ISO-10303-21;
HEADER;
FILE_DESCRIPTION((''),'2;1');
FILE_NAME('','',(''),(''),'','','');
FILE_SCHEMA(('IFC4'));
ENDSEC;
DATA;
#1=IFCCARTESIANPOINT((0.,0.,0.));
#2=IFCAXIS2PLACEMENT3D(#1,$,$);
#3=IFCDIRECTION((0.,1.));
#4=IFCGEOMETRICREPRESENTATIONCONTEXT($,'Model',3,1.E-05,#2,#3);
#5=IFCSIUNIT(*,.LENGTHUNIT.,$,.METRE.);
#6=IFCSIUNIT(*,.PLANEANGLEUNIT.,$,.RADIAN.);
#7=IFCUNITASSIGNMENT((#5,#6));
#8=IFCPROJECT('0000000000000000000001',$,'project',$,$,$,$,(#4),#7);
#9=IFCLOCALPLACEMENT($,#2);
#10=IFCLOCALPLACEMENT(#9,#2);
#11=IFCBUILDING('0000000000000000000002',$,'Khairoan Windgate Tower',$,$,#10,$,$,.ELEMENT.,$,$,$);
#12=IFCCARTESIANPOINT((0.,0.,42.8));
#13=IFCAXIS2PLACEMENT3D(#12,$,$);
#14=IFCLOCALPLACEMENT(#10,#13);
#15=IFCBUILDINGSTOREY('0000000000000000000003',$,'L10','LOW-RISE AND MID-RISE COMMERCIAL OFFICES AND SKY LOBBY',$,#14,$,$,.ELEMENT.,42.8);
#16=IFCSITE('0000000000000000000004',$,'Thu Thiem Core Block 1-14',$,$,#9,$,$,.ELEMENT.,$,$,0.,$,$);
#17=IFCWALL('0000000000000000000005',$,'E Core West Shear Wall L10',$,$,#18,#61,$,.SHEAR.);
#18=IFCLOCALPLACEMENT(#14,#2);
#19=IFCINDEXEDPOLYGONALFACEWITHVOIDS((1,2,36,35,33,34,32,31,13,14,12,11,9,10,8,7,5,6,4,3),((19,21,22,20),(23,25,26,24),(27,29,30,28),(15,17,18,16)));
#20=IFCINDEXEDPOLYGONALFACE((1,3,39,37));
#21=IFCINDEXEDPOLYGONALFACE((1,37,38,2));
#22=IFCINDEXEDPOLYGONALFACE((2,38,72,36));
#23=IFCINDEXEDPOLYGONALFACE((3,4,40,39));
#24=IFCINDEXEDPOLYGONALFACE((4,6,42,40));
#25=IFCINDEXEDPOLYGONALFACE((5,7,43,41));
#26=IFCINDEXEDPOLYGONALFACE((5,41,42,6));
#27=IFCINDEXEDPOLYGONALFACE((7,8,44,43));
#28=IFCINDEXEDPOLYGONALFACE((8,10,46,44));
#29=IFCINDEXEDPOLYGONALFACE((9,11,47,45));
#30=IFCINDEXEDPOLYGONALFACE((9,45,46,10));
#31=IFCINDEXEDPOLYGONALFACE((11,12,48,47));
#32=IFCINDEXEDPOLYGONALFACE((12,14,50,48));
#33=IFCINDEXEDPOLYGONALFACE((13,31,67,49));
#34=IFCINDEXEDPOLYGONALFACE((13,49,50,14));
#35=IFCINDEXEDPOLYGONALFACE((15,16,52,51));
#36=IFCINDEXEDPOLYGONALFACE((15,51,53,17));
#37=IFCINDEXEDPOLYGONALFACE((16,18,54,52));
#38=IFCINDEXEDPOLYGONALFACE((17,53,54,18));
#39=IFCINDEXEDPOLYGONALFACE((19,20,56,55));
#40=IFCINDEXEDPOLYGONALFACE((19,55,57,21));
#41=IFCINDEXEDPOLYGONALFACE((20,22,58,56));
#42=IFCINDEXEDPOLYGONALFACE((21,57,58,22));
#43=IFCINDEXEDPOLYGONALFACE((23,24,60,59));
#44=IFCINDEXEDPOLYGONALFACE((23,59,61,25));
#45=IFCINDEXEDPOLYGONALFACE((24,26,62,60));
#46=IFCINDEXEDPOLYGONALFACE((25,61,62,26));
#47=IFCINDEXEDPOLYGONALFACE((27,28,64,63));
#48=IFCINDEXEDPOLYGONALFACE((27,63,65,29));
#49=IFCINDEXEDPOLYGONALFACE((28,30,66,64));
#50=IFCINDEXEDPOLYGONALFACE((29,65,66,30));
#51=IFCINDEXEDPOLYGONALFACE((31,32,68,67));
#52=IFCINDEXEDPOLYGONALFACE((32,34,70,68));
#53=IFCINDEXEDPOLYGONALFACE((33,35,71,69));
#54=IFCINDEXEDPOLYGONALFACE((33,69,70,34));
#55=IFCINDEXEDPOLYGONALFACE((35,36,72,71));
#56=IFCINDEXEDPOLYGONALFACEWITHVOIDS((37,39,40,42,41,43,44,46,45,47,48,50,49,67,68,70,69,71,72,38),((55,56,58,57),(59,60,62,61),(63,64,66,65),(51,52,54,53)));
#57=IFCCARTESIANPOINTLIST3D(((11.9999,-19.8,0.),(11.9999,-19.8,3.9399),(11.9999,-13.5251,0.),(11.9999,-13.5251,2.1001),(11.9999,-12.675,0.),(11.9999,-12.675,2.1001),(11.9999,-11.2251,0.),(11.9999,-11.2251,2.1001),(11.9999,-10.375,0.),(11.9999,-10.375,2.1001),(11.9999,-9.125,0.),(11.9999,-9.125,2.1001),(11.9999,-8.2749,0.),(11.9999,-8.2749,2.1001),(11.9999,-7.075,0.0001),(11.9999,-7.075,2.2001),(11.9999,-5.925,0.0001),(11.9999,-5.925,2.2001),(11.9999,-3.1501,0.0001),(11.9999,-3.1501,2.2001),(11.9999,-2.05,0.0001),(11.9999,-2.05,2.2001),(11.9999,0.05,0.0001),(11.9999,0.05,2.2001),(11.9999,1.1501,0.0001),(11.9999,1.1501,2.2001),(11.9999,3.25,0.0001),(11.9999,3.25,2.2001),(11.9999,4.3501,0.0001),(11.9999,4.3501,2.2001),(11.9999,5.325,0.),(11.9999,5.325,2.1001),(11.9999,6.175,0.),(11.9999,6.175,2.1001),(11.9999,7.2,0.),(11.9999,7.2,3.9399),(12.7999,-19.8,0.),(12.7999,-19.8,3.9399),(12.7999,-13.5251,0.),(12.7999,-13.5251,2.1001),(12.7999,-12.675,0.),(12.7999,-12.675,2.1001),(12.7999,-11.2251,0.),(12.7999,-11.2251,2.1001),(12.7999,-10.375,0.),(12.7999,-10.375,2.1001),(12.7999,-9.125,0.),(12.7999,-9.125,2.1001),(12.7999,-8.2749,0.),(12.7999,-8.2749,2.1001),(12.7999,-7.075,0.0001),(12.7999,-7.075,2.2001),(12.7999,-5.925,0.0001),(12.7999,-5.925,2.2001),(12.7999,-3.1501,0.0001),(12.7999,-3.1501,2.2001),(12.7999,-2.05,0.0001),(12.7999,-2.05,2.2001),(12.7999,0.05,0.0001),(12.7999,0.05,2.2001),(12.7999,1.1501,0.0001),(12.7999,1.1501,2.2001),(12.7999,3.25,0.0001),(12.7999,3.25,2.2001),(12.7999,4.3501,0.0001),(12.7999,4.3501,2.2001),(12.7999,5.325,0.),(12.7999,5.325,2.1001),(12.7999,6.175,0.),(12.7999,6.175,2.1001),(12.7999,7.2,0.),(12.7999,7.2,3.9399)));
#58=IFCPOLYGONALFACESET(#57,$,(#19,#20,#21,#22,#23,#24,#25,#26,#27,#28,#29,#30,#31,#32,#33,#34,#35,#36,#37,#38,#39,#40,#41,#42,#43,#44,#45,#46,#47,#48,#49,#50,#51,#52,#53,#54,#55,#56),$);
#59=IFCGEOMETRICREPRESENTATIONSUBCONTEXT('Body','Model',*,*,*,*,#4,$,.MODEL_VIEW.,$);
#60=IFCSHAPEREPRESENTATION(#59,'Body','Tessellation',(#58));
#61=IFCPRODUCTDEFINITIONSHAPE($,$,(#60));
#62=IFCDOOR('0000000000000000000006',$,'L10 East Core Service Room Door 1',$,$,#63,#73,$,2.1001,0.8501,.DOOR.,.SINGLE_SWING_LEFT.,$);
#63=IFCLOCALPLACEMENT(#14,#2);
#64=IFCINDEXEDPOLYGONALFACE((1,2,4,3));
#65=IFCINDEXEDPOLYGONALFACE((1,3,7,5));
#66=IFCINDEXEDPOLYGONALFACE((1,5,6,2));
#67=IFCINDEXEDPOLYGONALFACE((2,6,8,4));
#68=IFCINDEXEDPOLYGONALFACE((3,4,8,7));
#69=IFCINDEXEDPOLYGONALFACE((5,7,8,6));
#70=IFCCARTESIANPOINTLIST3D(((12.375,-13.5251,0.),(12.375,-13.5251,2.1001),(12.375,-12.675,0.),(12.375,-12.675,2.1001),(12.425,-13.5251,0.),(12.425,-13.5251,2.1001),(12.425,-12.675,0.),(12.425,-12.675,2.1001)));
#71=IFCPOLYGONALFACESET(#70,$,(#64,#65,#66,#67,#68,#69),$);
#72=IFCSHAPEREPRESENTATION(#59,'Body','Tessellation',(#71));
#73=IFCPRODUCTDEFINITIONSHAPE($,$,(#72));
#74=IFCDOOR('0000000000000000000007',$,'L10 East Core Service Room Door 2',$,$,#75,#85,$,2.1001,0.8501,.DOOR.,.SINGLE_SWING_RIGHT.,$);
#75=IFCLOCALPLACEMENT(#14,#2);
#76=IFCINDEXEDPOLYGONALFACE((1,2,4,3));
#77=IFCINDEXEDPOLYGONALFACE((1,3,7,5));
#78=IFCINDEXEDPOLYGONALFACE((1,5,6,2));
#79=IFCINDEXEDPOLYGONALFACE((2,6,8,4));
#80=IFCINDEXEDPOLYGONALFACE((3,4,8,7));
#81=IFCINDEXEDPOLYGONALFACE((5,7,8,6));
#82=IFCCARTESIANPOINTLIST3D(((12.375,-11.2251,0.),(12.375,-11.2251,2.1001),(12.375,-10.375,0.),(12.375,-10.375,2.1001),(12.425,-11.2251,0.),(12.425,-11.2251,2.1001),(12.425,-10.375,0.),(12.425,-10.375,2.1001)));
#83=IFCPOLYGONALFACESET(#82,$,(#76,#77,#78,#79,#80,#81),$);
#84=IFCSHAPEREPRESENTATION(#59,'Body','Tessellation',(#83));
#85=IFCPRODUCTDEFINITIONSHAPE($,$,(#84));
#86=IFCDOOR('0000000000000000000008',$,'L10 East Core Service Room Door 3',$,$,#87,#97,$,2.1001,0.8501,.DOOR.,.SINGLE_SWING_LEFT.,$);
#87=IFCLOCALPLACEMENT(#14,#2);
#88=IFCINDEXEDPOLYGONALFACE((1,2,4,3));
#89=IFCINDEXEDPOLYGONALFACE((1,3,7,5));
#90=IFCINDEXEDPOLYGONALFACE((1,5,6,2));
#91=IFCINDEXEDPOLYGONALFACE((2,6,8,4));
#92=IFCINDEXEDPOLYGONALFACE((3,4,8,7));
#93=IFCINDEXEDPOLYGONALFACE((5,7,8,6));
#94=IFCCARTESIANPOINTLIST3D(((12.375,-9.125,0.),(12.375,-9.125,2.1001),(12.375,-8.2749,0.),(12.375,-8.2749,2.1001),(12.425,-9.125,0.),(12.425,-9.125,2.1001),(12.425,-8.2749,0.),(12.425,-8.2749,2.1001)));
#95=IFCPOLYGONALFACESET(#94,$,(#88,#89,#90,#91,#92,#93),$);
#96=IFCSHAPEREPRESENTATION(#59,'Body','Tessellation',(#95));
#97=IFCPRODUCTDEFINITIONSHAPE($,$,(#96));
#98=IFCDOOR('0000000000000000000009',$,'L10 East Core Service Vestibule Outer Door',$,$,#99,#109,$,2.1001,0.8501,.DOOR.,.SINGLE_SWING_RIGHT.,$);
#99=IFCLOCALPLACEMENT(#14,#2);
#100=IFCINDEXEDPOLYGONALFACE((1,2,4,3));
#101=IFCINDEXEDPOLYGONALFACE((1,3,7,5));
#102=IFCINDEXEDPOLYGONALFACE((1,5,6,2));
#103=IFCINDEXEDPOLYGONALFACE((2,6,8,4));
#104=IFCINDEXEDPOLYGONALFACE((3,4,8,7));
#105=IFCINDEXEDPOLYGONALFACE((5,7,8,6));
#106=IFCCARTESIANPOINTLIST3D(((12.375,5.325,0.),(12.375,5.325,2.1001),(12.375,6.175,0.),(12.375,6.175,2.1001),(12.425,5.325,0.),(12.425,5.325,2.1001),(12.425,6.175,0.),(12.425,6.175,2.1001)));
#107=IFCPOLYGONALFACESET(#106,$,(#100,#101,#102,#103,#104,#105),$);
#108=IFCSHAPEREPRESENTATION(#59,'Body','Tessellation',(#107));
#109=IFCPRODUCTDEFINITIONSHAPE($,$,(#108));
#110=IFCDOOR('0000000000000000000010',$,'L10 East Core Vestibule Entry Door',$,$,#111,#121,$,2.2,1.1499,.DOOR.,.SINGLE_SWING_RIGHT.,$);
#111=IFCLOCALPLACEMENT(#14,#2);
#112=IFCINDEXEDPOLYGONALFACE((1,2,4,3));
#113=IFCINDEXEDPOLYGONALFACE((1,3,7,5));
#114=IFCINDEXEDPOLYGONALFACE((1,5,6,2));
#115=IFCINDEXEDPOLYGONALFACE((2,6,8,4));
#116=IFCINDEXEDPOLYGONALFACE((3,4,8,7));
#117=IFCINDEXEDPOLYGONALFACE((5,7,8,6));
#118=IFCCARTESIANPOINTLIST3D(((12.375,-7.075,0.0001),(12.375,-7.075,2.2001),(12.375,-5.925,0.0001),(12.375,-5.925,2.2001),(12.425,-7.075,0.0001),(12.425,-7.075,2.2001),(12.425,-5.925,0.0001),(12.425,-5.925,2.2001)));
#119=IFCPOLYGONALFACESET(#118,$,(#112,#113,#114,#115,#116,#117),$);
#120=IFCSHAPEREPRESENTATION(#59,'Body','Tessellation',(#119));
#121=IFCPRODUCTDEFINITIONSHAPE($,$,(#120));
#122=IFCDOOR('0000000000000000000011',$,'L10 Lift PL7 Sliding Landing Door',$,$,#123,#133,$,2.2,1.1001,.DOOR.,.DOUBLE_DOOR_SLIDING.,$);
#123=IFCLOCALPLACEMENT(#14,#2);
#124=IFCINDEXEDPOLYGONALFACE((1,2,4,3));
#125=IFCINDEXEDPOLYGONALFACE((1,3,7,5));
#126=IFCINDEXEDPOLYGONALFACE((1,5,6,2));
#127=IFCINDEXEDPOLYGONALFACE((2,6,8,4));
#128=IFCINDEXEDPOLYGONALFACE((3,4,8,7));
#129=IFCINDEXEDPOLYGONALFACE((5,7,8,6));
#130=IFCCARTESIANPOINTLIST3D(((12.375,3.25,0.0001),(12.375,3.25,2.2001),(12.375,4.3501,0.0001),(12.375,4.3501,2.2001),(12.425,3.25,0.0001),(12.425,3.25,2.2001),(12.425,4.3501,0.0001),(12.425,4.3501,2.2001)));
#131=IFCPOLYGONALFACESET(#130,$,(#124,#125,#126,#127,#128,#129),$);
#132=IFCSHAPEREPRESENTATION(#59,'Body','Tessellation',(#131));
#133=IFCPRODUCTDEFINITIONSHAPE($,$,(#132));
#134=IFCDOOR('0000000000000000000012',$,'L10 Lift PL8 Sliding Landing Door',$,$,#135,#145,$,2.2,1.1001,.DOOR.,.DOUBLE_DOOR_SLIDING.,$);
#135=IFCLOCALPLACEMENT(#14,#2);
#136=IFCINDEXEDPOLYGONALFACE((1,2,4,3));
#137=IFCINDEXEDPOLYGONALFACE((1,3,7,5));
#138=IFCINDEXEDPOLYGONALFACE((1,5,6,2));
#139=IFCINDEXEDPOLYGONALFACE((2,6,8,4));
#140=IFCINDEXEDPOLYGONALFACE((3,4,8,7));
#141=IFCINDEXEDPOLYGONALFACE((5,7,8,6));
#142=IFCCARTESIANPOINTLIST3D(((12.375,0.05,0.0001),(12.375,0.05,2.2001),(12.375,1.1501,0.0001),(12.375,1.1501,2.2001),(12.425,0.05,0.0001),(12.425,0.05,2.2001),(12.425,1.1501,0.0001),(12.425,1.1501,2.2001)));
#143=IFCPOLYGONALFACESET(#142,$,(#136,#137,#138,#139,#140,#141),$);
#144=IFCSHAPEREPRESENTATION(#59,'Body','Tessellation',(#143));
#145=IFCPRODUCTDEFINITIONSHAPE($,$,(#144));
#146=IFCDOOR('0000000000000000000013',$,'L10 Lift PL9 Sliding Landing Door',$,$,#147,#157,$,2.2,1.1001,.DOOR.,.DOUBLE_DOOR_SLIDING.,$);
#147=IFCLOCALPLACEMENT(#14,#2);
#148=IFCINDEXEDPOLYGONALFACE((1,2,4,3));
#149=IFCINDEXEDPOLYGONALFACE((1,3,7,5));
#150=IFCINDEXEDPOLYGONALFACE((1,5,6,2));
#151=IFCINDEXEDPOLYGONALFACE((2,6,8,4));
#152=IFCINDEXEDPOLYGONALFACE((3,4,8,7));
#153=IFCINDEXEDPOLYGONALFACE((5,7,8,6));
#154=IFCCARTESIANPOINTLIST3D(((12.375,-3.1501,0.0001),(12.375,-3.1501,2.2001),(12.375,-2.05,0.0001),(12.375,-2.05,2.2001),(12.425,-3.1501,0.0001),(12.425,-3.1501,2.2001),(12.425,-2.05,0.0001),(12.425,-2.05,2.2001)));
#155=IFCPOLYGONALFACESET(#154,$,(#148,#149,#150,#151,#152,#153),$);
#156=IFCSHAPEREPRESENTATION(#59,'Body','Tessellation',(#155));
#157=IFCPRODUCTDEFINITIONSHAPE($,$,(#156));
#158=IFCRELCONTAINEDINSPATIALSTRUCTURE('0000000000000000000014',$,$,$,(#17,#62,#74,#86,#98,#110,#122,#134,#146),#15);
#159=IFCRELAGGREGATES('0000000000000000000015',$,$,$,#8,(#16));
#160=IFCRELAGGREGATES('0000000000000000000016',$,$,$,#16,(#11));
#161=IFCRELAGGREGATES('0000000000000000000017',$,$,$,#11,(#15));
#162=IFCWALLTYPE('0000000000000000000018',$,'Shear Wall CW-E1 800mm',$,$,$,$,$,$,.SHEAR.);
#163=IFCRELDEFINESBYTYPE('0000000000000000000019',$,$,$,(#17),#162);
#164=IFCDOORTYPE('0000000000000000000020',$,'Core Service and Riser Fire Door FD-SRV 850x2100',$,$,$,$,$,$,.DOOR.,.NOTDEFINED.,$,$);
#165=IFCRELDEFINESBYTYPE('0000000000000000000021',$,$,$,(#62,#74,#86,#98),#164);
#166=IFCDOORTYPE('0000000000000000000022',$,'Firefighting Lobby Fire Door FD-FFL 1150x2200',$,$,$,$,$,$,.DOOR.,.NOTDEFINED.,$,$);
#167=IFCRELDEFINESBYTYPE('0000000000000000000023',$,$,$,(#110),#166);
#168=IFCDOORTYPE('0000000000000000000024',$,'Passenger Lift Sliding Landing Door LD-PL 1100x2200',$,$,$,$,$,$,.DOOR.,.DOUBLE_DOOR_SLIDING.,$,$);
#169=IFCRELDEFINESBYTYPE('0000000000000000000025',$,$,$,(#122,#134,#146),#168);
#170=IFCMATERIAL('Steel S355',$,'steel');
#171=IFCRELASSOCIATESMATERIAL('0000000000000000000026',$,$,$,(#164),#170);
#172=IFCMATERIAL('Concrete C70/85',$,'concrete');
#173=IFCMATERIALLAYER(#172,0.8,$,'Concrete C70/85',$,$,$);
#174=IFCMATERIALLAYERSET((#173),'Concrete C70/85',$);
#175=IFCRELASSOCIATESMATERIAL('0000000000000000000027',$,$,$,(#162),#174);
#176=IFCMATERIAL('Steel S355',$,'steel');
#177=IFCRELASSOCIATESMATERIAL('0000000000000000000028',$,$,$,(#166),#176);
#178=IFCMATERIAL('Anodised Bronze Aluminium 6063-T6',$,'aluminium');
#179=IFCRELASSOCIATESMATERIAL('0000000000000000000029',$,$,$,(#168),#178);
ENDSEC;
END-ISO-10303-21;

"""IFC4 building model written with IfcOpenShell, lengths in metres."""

from ifc_helpers import new_model, si_unit, direction, frame, frame_2d, origin, place, context, subcontext, project, spatial, rectangle, extrude, material, layer, layer_set, type_object, element, fill, save


model = new_model("IFC4")

# Units and contexts
model_context = context("Model", 3, precision=1e-05, world=origin(), true_north=direction((0.0, 1.0)))
body_context = subcontext(model_context, "Body", "Model", "MODEL_VIEW")
ifc_project = project(units=[si_unit("LENGTHUNIT", "METRE"), si_unit("PLANEANGLEUNIT", "RADIAN")], contexts=[model_context])

# Site, building, storey
site_placement = place(None, origin())
site = spatial("IfcSite", under=ifc_project, at=site_placement, Name="Thu Thiem Core Block 1-14", CompositionType="ELEMENT", RefElevation=0.0)
building_placement = place(site_placement, origin())
building = spatial("IfcBuilding", under=site, at=building_placement, Name="Khairoan Windgate Tower", CompositionType="ELEMENT")
storey_placement = place(building_placement, frame((0.0, 0.0, 42.8)))
storey = spatial("IfcBuildingStorey", under=building, at=storey_placement, Name="L10", Description="LOW-RISE AND MID-RISE COMMERCIAL OFFICES AND SKY LOBBY", CompositionType="ELEMENT", Elevation=42.8)

# Shared definitions
ifc_material_1 = material(Name="Steel S355", Category="steel")
door_type_1 = type_object("IfcDoorType", Name="Core Service and Riser Fire Door FD-SRV 850x2100", OperationType="NOTDEFINED", PredefinedType="DOOR", material=ifc_material_1)

# Wall, openings, doors
ifc_material_2 = material(Name="Concrete C70/85", Category="concrete")
ifc_layer_1 = layer(ifc_material_2, 0.8, Name="Concrete C70/85")
ifc_layer_set_1 = layer_set([ifc_layer_1], Name="Concrete C70/85")
wall_type_1 = type_object("IfcWallType", Name="Shear Wall CW-E1 800mm", PredefinedType="SHEAR", material=ifc_layer_set_1)
wall_1_placement = place(storey_placement, frame((12.3999, -19.8, 0.0), z_axis=(0.0, 0.0, 1.0), x_axis=(0.0, 1.0, 0.0)))
wall_1 = element("IfcWall", 1, at=wall_1_placement, inside=storey, type_object=wall_type_1, Name="E Core West Shear Wall L10", PredefinedType="SHEAR", context=body_context, shape_type="SweptSolid", body=[
    extrude(rectangle(XDim=27.0, YDim=0.8, at=frame_2d((13.5, 0.0))), origin(), (0.0, 0.0, 1.0), 3.9399),
])
opening_1_placement = place(wall_1_placement, frame((23.05, 0.0, 0.0)))
opening_1 = element("IfcOpeningElement", 2, at=opening_1_placement, cuts=wall_1, PredefinedType="OPENING", context=body_context, shape_type="SweptSolid", body=[
    extrude(rectangle(XDim=1.1001, YDim=2.2, at=frame_2d((0.55, 1.1001))), frame((0.0, 0.4099, 0.0), z_axis=(0.0, -1.0, 0.0), x_axis=(1.0, 0.0, 0.0)), (0.0, 0.0, 1.0), 0.8201),
])
opening_2_placement = place(wall_1_placement, frame((19.8501, 0.0, 0.0)))
opening_2 = element("IfcOpeningElement", 3, at=opening_2_placement, cuts=wall_1, PredefinedType="OPENING", context=body_context, shape_type="SweptSolid", body=[
    extrude(rectangle(XDim=1.1001, YDim=2.2, at=frame_2d((0.55, 1.1001))), frame((0.0, 0.4099, 0.0), z_axis=(0.0, -1.0, 0.0), x_axis=(1.0, 0.0, 0.0)), (0.0, 0.0, 1.0), 0.8201),
])
opening_3_placement = place(wall_1_placement, frame((16.6499, 0.0, 0.0)))
opening_3 = element("IfcOpeningElement", 4, at=opening_3_placement, cuts=wall_1, PredefinedType="OPENING", context=body_context, shape_type="SweptSolid", body=[
    extrude(rectangle(XDim=1.1001, YDim=2.2, at=frame_2d((0.55, 1.1001))), frame((0.0, 0.4099, 0.0), z_axis=(0.0, -1.0, 0.0), x_axis=(1.0, 0.0, 0.0)), (0.0, 0.0, 1.0), 0.8201),
])
opening_4_placement = place(wall_1_placement, frame((6.2749, 0.0, 0.0)))
opening_4 = element("IfcOpeningElement", 5, at=opening_4_placement, cuts=wall_1, PredefinedType="OPENING", context=body_context, shape_type="SweptSolid", body=[
    extrude(rectangle(XDim=0.8501, YDim=2.1001, at=frame_2d((0.425, 1.05))), frame((0.0, 0.4099, 0.0), z_axis=(0.0, -1.0, 0.0), x_axis=(1.0, 0.0, 0.0)), (0.0, 0.0, 1.0), 0.8201),
])
opening_5_placement = place(wall_1_placement, frame((8.575, 0.0, 0.0)))
opening_5 = element("IfcOpeningElement", 6, at=opening_5_placement, cuts=wall_1, PredefinedType="OPENING", context=body_context, shape_type="SweptSolid", body=[
    extrude(rectangle(XDim=0.8501, YDim=2.1001, at=frame_2d((0.425, 1.05))), frame((0.0, 0.4099, 0.0), z_axis=(0.0, -1.0, 0.0), x_axis=(1.0, 0.0, 0.0)), (0.0, 0.0, 1.0), 0.8201),
])
opening_6_placement = place(wall_1_placement, frame((10.675, 0.0, 0.0)))
opening_6 = element("IfcOpeningElement", 7, at=opening_6_placement, cuts=wall_1, PredefinedType="OPENING", context=body_context, shape_type="SweptSolid", body=[
    extrude(rectangle(XDim=0.8501, YDim=2.1001, at=frame_2d((0.425, 1.05))), frame((0.0, 0.4099, 0.0), z_axis=(0.0, -1.0, 0.0), x_axis=(1.0, 0.0, 0.0)), (0.0, 0.0, 1.0), 0.8201),
])
opening_7_placement = place(wall_1_placement, frame((12.7251, 0.0, 0.0)))
opening_7 = element("IfcOpeningElement", 8, at=opening_7_placement, cuts=wall_1, PredefinedType="OPENING", context=body_context, shape_type="SweptSolid", body=[
    extrude(rectangle(XDim=1.1499, YDim=2.2, at=frame_2d((0.575, 1.1001))), frame((0.0, 0.4099, 0.0), z_axis=(0.0, -1.0, 0.0), x_axis=(1.0, 0.0, 0.0)), (0.0, 0.0, 1.0), 0.8201),
])
opening_8_placement = place(wall_1_placement, frame((25.125, 0.0, 0.0)))
opening_8 = element("IfcOpeningElement", 9, at=opening_8_placement, cuts=wall_1, PredefinedType="OPENING", context=body_context, shape_type="SweptSolid", body=[
    extrude(rectangle(XDim=0.8501, YDim=2.1001, at=frame_2d((0.425, 1.05))), frame((0.0, 0.4099, 0.0), z_axis=(0.0, -1.0, 0.0), x_axis=(1.0, 0.0, 0.0)), (0.0, 0.0, 1.0), 0.8201),
])
door_1_placement = place(opening_4_placement, origin())
door_1 = element("IfcDoor", 10, at=door_1_placement, inside=storey, type_object=door_type_1, Name="L10 East Core Service Room Door 1", OperationType="SINGLE_SWING_LEFT", OverallHeight=2.1001, OverallWidth=0.8501, PredefinedType="DOOR", context=body_context, shape_type="SweptSolid", body=[
    extrude(rectangle(XDim=0.8501, YDim=2.1001, at=frame_2d((0.425, 1.05))), frame((0.0, 0.0249, 0.0), z_axis=(0.0, -1.0, 0.0), x_axis=(1.0, 0.0, 0.0)), (0.0, 0.0, 1.0), 0.05),
])
fill(opening_4, door_1)
door_2_placement = place(opening_5_placement, origin())
door_2 = element("IfcDoor", 11, at=door_2_placement, inside=storey, type_object=door_type_1, Name="L10 East Core Service Room Door 2", OperationType="SINGLE_SWING_RIGHT", OverallHeight=2.1001, OverallWidth=0.8501, PredefinedType="DOOR", context=body_context, shape_type="SweptSolid", body=[
    extrude(rectangle(XDim=0.8501, YDim=2.1001, at=frame_2d((0.425, 1.05))), frame((0.0, 0.0249, 0.0), z_axis=(0.0, -1.0, 0.0), x_axis=(1.0, 0.0, 0.0)), (0.0, 0.0, 1.0), 0.05),
])
fill(opening_5, door_2)
door_3_placement = place(opening_6_placement, origin())
door_3 = element("IfcDoor", 12, at=door_3_placement, inside=storey, type_object=door_type_1, Name="L10 East Core Service Room Door 3", OperationType="SINGLE_SWING_LEFT", OverallHeight=2.1001, OverallWidth=0.8501, PredefinedType="DOOR", context=body_context, shape_type="SweptSolid", body=[
    extrude(rectangle(XDim=0.8501, YDim=2.1001, at=frame_2d((0.425, 1.05))), frame((0.0, 0.0249, 0.0), z_axis=(0.0, -1.0, 0.0), x_axis=(1.0, 0.0, 0.0)), (0.0, 0.0, 1.0), 0.05),
])
fill(opening_6, door_3)
door_4_placement = place(opening_8_placement, origin())
door_4 = element("IfcDoor", 13, at=door_4_placement, inside=storey, type_object=door_type_1, Name="L10 East Core Service Vestibule Outer Door", OperationType="SINGLE_SWING_RIGHT", OverallHeight=2.1001, OverallWidth=0.8501, PredefinedType="DOOR", context=body_context, shape_type="SweptSolid", body=[
    extrude(rectangle(XDim=0.8501, YDim=2.1001, at=frame_2d((0.425, 1.05))), frame((0.0, 0.0249, 0.0), z_axis=(0.0, -1.0, 0.0), x_axis=(1.0, 0.0, 0.0)), (0.0, 0.0, 1.0), 0.05),
])
fill(opening_8, door_4)
ifc_material_3 = material(Name="Steel S355", Category="steel")
door_type_2 = type_object("IfcDoorType", Name="Firefighting Lobby Fire Door FD-FFL 1150x2200", OperationType="NOTDEFINED", PredefinedType="DOOR", material=ifc_material_3)
door_5_placement = place(opening_7_placement, origin())
door_5 = element("IfcDoor", 14, at=door_5_placement, inside=storey, type_object=door_type_2, Name="L10 East Core Vestibule Entry Door", OperationType="SINGLE_SWING_RIGHT", OverallHeight=2.2, OverallWidth=1.1499, PredefinedType="DOOR", context=body_context, shape_type="SweptSolid", body=[
    extrude(rectangle(XDim=1.1499, YDim=2.2, at=frame_2d((0.575, 1.1001))), frame((0.0, 0.0249, 0.0), z_axis=(0.0, -1.0, 0.0), x_axis=(1.0, 0.0, 0.0)), (0.0, 0.0, 1.0), 0.05),
])
fill(opening_7, door_5)
ifc_material_4 = material(Name="Anodised Bronze Aluminium 6063-T6", Category="aluminium")
door_type_3 = type_object("IfcDoorType", Name="Passenger Lift Sliding Landing Door LD-PL 1100x2200", OperationType="DOUBLE_DOOR_SLIDING", PredefinedType="DOOR", material=ifc_material_4)
door_6_placement = place(opening_1_placement, origin())
door_6 = element("IfcDoor", 15, at=door_6_placement, inside=storey, type_object=door_type_3, Name="L10 Lift PL7 Sliding Landing Door", OperationType="DOUBLE_DOOR_SLIDING", OverallHeight=2.2, OverallWidth=1.1001, PredefinedType="DOOR", context=body_context, shape_type="SweptSolid", body=[
    extrude(rectangle(XDim=1.1001, YDim=2.2, at=frame_2d((0.55, 1.1001))), frame((0.0, 0.0249, 0.0), z_axis=(0.0, -1.0, 0.0), x_axis=(1.0, 0.0, 0.0)), (0.0, 0.0, 1.0), 0.05),
])
fill(opening_1, door_6)
door_7_placement = place(opening_2_placement, origin())
door_7 = element("IfcDoor", 16, at=door_7_placement, inside=storey, type_object=door_type_3, Name="L10 Lift PL8 Sliding Landing Door", OperationType="DOUBLE_DOOR_SLIDING", OverallHeight=2.2, OverallWidth=1.1001, PredefinedType="DOOR", context=body_context, shape_type="SweptSolid", body=[
    extrude(rectangle(XDim=1.1001, YDim=2.2, at=frame_2d((0.55, 1.1001))), frame((0.0, 0.0249, 0.0), z_axis=(0.0, -1.0, 0.0), x_axis=(1.0, 0.0, 0.0)), (0.0, 0.0, 1.0), 0.05),
])
fill(opening_2, door_7)
door_8_placement = place(opening_3_placement, origin())
door_8 = element("IfcDoor", 17, at=door_8_placement, inside=storey, type_object=door_type_3, Name="L10 Lift PL9 Sliding Landing Door", OperationType="DOUBLE_DOOR_SLIDING", OverallHeight=2.2, OverallWidth=1.1001, PredefinedType="DOOR", context=body_context, shape_type="SweptSolid", body=[
    extrude(rectangle(XDim=1.1001, YDim=2.2, at=frame_2d((0.55, 1.1001))), frame((0.0, 0.0249, 0.0), z_axis=(0.0, -1.0, 0.0), x_axis=(1.0, 0.0, 0.0)), (0.0, 0.0, 1.0), 0.05),
])
fill(opening_3, door_8)

save(model, "model.ifc")
